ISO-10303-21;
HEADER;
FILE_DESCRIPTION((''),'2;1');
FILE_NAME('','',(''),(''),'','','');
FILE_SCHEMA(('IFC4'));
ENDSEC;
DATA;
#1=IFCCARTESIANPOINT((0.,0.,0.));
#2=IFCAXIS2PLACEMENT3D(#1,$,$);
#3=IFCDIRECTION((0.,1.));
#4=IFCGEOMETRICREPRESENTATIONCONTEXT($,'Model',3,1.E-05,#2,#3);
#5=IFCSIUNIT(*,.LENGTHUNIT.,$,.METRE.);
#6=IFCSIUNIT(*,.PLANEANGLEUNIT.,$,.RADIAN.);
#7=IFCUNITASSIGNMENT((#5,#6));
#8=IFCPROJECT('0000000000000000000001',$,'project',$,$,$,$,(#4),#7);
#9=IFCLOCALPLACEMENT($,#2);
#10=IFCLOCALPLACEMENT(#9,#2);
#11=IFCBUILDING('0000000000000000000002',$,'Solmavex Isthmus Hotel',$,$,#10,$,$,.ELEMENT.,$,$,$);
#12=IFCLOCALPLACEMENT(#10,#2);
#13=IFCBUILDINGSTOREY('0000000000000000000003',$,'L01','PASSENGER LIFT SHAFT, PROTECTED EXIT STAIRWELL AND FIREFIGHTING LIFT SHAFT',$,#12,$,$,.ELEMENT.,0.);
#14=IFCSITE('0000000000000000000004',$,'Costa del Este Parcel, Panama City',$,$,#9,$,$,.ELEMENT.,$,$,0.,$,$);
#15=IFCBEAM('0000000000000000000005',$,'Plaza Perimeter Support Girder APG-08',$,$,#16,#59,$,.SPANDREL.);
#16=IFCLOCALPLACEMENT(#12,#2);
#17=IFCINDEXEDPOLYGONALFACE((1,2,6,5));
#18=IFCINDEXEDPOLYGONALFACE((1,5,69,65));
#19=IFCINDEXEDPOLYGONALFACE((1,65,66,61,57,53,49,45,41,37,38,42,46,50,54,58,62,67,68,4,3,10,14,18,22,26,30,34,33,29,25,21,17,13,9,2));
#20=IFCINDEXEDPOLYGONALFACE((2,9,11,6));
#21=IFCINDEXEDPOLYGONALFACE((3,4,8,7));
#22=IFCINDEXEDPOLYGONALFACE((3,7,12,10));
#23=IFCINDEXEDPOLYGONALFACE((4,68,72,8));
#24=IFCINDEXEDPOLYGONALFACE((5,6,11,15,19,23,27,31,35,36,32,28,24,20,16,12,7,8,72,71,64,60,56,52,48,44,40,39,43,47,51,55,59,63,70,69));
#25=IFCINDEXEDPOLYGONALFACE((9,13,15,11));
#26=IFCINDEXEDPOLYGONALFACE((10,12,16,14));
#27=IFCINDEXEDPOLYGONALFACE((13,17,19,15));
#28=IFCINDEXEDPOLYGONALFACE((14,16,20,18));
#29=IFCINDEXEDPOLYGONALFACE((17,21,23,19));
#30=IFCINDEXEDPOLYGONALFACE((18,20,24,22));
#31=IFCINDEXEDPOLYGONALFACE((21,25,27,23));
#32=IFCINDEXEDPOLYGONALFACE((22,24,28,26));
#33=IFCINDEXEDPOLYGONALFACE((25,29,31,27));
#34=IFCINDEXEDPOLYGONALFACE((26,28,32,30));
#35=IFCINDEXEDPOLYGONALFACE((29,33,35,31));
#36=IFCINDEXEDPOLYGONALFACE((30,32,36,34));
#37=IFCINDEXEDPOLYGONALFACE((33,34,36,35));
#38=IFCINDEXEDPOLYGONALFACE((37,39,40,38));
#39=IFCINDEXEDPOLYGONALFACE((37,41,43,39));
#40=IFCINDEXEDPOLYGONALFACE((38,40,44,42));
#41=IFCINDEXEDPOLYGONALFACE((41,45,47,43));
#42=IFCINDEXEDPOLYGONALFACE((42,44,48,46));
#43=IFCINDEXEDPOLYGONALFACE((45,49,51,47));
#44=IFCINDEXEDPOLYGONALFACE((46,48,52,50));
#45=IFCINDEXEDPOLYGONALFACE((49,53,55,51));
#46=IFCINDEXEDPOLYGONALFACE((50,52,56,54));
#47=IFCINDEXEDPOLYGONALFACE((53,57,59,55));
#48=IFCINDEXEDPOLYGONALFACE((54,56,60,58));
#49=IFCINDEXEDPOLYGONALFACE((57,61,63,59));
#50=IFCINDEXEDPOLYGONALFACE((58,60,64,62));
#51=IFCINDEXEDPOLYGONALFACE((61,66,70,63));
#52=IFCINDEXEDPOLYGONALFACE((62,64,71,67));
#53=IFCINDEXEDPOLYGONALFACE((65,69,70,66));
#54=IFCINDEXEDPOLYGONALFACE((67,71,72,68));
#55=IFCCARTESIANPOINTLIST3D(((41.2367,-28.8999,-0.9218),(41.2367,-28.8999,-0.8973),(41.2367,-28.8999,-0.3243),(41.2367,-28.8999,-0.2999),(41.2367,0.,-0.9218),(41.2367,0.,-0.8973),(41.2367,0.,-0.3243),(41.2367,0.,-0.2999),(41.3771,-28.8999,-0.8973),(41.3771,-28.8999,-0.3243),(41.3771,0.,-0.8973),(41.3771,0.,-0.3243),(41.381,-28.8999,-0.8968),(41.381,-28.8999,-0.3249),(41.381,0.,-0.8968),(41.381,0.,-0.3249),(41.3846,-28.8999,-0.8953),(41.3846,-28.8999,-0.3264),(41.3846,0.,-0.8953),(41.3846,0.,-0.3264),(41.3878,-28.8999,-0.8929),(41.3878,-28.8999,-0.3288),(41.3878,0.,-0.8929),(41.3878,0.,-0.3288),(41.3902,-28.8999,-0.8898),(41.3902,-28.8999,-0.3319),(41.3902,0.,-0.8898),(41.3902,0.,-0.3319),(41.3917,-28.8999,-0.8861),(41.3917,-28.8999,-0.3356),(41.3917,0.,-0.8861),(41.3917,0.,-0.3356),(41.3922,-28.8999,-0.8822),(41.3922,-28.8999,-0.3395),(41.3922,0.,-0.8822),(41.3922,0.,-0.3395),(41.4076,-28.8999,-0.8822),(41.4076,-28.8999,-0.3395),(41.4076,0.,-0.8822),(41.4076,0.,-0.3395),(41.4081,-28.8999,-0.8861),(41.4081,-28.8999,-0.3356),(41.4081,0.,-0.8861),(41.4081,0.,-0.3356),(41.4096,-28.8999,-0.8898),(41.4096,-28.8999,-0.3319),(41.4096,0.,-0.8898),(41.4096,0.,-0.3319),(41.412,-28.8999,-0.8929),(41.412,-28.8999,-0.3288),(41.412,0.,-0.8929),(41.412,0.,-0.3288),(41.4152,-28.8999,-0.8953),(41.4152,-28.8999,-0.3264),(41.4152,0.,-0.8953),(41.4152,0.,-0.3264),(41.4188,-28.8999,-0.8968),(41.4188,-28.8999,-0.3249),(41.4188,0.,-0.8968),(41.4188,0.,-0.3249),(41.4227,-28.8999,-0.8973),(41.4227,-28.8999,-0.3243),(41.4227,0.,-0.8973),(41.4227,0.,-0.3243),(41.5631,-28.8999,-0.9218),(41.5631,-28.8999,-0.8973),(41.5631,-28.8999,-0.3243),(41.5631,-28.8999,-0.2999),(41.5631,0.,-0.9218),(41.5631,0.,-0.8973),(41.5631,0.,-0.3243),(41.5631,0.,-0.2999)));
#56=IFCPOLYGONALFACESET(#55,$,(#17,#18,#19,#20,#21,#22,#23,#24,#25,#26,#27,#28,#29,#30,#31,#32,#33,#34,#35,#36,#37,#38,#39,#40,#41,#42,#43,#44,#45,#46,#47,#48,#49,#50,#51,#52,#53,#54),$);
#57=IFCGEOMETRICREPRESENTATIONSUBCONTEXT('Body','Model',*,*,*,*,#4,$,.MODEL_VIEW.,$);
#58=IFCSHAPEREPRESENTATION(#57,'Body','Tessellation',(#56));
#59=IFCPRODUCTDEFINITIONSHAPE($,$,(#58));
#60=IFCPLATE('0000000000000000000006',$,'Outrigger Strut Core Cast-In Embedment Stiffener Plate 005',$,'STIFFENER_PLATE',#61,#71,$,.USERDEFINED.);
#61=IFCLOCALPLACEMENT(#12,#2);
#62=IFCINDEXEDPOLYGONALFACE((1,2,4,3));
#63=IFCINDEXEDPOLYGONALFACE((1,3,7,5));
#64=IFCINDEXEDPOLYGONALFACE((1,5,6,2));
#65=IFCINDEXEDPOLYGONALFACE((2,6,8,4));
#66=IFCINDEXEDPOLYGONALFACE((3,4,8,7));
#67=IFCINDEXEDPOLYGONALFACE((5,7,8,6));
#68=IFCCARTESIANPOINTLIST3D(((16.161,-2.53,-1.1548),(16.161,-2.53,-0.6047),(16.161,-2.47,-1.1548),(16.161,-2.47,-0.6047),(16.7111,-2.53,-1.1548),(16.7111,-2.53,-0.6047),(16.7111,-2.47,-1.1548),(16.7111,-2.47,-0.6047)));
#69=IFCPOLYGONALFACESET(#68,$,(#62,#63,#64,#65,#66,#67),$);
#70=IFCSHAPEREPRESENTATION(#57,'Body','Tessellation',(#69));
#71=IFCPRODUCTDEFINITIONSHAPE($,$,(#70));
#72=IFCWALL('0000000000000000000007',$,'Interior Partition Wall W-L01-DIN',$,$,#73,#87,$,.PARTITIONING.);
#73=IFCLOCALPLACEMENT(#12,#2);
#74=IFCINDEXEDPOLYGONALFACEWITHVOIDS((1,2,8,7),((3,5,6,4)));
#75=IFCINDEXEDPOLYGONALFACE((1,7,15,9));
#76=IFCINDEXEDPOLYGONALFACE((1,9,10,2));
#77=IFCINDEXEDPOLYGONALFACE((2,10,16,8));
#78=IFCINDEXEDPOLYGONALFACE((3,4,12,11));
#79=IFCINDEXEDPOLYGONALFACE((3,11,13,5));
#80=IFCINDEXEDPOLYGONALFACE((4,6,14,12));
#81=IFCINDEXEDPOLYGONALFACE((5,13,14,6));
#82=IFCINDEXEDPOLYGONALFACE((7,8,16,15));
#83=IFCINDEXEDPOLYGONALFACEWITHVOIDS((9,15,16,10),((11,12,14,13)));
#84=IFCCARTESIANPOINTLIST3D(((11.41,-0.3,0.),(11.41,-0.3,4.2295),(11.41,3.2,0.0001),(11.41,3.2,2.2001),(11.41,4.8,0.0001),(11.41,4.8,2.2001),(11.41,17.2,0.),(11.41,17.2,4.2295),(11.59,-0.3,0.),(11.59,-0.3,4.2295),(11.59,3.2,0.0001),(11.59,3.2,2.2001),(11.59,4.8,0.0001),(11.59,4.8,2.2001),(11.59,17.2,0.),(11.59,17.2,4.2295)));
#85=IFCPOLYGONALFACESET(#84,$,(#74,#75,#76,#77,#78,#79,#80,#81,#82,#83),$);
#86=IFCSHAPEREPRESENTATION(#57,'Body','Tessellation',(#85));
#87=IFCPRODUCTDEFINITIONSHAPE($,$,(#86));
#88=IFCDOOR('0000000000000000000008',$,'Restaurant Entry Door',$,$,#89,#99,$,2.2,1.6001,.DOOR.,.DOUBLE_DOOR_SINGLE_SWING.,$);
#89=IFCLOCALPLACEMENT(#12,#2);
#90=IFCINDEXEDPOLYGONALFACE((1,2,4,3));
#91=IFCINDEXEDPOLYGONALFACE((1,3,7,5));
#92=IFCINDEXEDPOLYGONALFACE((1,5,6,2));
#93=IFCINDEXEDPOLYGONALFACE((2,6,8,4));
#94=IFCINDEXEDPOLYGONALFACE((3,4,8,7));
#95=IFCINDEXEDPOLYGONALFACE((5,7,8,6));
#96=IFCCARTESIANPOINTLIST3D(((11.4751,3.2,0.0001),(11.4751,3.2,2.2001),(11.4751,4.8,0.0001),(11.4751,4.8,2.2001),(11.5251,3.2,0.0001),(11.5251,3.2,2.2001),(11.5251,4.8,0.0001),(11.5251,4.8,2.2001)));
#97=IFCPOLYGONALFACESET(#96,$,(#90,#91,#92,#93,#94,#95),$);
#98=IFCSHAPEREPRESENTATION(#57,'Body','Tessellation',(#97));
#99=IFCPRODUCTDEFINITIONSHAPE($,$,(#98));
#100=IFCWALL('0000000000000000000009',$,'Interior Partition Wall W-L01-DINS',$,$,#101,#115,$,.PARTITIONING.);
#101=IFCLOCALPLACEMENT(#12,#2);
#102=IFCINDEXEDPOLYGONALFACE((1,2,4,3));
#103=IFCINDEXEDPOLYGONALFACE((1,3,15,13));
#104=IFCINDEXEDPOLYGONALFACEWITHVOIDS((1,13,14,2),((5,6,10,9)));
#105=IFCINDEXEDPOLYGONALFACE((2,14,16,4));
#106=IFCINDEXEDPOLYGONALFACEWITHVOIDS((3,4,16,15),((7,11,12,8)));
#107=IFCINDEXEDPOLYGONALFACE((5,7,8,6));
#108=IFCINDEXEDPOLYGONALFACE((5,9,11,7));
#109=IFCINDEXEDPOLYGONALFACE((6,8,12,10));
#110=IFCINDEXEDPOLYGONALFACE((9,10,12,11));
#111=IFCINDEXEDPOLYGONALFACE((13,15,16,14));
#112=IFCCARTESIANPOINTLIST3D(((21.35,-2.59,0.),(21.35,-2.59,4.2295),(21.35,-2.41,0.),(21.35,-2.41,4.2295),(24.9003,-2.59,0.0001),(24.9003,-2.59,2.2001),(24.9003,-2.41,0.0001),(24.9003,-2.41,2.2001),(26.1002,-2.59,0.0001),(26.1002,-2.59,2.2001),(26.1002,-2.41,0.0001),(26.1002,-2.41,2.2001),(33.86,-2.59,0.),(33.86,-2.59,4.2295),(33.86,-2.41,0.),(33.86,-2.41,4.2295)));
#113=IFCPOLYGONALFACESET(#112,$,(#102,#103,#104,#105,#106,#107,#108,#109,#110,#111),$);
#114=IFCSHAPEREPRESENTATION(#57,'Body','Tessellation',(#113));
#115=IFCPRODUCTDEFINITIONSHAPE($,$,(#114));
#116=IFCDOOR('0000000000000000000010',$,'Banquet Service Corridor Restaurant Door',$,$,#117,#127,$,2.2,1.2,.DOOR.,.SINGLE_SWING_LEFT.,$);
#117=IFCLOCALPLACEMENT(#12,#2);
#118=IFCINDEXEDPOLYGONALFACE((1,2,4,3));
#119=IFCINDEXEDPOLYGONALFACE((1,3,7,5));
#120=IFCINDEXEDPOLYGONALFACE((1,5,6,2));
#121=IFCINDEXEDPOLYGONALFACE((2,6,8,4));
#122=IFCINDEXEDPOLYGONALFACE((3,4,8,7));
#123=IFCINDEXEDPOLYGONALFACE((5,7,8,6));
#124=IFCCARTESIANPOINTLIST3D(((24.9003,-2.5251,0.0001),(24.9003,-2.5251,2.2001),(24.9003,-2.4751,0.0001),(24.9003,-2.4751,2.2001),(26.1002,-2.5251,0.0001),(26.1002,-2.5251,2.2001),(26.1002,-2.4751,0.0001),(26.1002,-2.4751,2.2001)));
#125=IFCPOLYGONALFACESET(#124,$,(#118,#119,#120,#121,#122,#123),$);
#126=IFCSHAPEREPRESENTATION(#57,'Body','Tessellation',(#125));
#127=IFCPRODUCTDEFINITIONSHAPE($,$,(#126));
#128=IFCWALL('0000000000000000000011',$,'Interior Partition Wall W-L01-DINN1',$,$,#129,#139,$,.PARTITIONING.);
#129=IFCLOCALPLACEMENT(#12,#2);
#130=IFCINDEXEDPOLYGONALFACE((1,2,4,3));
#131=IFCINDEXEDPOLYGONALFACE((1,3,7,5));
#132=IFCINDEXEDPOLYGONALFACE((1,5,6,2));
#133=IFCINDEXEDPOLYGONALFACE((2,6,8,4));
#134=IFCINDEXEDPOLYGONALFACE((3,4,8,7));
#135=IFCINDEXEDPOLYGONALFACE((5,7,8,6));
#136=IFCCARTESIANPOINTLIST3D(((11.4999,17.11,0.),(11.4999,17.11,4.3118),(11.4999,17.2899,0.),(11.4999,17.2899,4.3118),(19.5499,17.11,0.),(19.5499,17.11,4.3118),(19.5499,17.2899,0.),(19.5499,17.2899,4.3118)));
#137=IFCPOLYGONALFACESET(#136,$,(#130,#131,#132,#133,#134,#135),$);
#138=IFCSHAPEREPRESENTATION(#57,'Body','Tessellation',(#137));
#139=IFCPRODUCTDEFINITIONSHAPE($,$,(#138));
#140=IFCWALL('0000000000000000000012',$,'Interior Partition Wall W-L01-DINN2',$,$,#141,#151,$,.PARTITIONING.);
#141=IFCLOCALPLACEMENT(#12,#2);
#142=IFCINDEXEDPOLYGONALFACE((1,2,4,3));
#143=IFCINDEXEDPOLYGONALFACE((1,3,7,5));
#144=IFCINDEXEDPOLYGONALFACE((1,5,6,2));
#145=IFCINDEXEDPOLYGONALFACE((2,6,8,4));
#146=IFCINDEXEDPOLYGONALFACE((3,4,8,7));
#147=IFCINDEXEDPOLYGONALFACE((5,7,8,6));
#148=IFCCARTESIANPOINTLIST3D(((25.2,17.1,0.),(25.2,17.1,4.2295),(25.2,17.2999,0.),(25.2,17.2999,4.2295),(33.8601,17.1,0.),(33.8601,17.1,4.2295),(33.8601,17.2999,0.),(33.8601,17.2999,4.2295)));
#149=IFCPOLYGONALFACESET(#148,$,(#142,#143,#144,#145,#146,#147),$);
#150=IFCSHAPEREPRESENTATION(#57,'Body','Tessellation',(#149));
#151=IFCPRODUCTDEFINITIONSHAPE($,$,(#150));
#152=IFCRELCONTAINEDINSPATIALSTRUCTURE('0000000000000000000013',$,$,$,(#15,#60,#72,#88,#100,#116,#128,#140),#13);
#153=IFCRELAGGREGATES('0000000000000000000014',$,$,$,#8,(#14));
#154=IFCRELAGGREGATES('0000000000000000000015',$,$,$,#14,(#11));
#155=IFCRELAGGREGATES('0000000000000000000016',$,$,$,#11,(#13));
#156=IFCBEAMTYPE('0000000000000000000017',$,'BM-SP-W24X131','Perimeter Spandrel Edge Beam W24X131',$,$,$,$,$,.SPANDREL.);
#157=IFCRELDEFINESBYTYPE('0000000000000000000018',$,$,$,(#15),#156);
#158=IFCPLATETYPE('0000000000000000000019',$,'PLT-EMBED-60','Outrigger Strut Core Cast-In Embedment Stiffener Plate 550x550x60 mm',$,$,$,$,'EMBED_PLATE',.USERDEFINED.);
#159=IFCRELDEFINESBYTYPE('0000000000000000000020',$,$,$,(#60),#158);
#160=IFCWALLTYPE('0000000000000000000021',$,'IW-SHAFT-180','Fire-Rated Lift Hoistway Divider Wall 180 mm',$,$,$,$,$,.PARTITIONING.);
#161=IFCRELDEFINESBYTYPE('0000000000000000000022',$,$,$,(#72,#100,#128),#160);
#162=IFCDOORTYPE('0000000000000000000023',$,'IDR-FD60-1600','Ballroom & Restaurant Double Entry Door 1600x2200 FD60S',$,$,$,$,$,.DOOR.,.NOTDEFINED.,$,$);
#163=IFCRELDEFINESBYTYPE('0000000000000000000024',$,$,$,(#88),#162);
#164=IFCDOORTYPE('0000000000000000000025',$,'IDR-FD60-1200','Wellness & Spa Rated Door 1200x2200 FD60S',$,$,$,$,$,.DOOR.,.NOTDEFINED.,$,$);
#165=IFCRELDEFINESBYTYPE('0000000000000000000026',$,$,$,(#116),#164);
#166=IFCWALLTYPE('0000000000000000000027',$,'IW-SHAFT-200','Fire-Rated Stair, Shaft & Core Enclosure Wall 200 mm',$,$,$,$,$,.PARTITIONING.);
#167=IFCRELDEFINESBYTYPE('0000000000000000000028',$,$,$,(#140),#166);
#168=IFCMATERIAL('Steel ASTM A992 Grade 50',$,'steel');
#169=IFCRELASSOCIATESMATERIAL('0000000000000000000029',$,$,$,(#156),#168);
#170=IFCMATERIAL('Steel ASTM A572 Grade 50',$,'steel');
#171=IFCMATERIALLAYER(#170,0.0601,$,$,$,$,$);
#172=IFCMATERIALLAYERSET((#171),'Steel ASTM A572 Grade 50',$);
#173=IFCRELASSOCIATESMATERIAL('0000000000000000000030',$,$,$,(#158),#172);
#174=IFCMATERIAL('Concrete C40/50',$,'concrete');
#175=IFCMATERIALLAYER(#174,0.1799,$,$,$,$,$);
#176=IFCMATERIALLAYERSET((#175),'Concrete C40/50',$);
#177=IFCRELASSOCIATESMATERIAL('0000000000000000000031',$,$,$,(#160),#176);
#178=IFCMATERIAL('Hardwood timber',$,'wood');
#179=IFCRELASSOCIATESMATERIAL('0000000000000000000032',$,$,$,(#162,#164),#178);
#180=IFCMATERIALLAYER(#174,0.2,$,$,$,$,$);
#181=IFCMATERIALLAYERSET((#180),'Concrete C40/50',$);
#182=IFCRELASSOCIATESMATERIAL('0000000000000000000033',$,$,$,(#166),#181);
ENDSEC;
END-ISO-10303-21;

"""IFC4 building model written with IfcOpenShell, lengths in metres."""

from ifc_helpers import new_model, si_unit, direction, frame, frame_2d, origin, origin_2d, place, context, subcontext, project, spatial, rectangle, i_section, extrude, material, layer, layer_set, material_profile, profile_set, type_object, element, fill, save


model = new_model("IFC4")

# Units and contexts
model_context = context("Model", 3, precision=1e-05, world=origin(), true_north=direction((0.0, 1.0)))
body_context = subcontext(model_context, "Body", "Model", "MODEL_VIEW")
ifc_project = project(units=[si_unit("LENGTHUNIT", "METRE"), si_unit("PLANEANGLEUNIT", "RADIAN")], contexts=[model_context])

# Site, building, storey
site_placement = place(None, origin())
site = spatial("IfcSite", under=ifc_project, at=site_placement, Name="Costa del Este Parcel, Panama City", CompositionType="ELEMENT", RefElevation=0.0)
building_placement = place(site_placement, origin())
building = spatial("IfcBuilding", under=site, at=building_placement, Name="Solmavex Isthmus Hotel", CompositionType="ELEMENT")
storey_placement = place(building_placement, origin())
storey = spatial("IfcBuildingStorey", under=building, at=storey_placement, Name="L01", Description="PASSENGER LIFT SHAFT, PROTECTED EXIT STAIRWELL AND FIREFIGHTING LIFT SHAFT", CompositionType="ELEMENT", Elevation=0.0)

# Beam
ifc_material_1 = material(Name="Steel ASTM A992 Grade 50", Category="steel")
ifc_material_profile_1 = material_profile(ifc_material_1, i_section(OverallWidth=0.3264, OverallDepth=0.6218, WebThickness=0.0154, FlangeThickness=0.0244, FilletRadius=0.0151, at=origin_2d()), Name="W24X131")
ifc_profile_set_1 = profile_set([ifc_material_profile_1], Name="Steel ASTM A992 Grade 50")
beam_type_1 = type_object("IfcBeamType", Name="BM-SP-W24X131", Description="Perimeter Spandrel Edge Beam W24X131", PredefinedType="SPANDREL", material=ifc_profile_set_1)
for number, where, z_axis, x_axis, name in (
    (1, (41.3999, 0.0, -0.6108), (0.0, -1.0, 0.0), (1.0, 0.0, 0.0), "Plaza Perimeter Support Girder APG-08"),
):
    element("IfcBeam", number, at=place(storey_placement, frame(where, z_axis=z_axis, x_axis=x_axis)), inside=storey, type_object=beam_type_1, Name=name, PredefinedType="SPANDREL", context=body_context, shape_type="SweptSolid", body=[
        extrude(i_section(OverallWidth=0.3264, OverallDepth=0.6218, WebThickness=0.0154, FlangeThickness=0.0244, FilletRadius=0.0151, at=origin_2d()), origin(), (0.0, 0.0, 1.0), 28.8999),
    ])

# Plate
ifc_material_2 = material(Name="Steel ASTM A572 Grade 50", Category="steel")
ifc_layer_1 = layer(ifc_material_2, 0.0601)
ifc_layer_set_1 = layer_set([ifc_layer_1], Name="Steel ASTM A572 Grade 50")
plate_type = type_object("IfcPlateType", Name="PLT-EMBED-60", Description="Outrigger Strut Core Cast-In Embedment Stiffener Plate 550x550x60 mm", ElementType="EMBED_PLATE", PredefinedType="USERDEFINED", material=ifc_layer_set_1)
plate_placement = place(storey_placement, frame((16.436, -2.5, -1.1548), z_axis=(0.0, 0.0, 1.0), x_axis=(1.0, 0.0, 0.0)))
element("IfcPlate", 2, at=plate_placement, inside=storey, type_object=plate_type, Name="Outrigger Strut Core Cast-In Embedment Stiffener Plate 005", ObjectType="STIFFENER_PLATE", PredefinedType="USERDEFINED", context=body_context, shape_type="SweptSolid", body=[
    extrude(rectangle(XDim=0.55, YDim=0.0601, at=origin_2d()), origin(), (0.0, 0.0, 1.0), 0.55),
])

# Walls, openings, doors
ifc_material_3 = material(Name="Concrete C40/50", Category="concrete")
ifc_layer_2 = layer(ifc_material_3, 0.1799)
ifc_layer_set_2 = layer_set([ifc_layer_2], Name="Concrete C40/50")
wall_type_1 = type_object("IfcWallType", Name="IW-SHAFT-180", Description="Fire-Rated Lift Hoistway Divider Wall 180 mm", PredefinedType="PARTITIONING", material=ifc_layer_set_2)
wall_1_placement = place(storey_placement, frame((11.5, -0.3, 0.0), z_axis=(0.0, 0.0, 1.0), x_axis=(0.0, 1.0, 0.0)))
wall_1 = element("IfcWall", 3, at=wall_1_placement, inside=storey, type_object=wall_type_1, Name="Interior Partition Wall W-L01-DIN", PredefinedType="PARTITIONING", context=body_context, shape_type="SweptSolid", body=[
    extrude(rectangle(XDim=17.5, YDim=0.1799, at=frame_2d((8.75, 0.0))), origin(), (0.0, 0.0, 1.0), 4.2295),
])
opening_1_placement = place(wall_1_placement, frame((3.5, 0.0, 0.0)))
opening_1 = element("IfcOpeningElement", 4, at=opening_1_placement, cuts=wall_1, PredefinedType="OPENING", context=body_context, shape_type="SweptSolid", body=[
    extrude(rectangle(XDim=1.6001, YDim=2.2, at=frame_2d((0.8, 1.1001))), frame((0.0, 0.0999, 0.0), z_axis=(0.0, -1.0, 0.0), x_axis=(1.0, 0.0, 0.0)), (0.0, 0.0, 1.0), 0.2),
])
ifc_material_4 = material(Name="Hardwood timber", Category="wood")
door_type_1 = type_object("IfcDoorType", Name="IDR-FD60-1600", Description="Ballroom & Restaurant Double Entry Door 1600x2200 FD60S", OperationType="NOTDEFINED", PredefinedType="DOOR", material=ifc_material_4)
door_1_placement = place(opening_1_placement, origin())
door_1 = element("IfcDoor", 5, at=door_1_placement, inside=storey, type_object=door_type_1, Name="Restaurant Entry Door", OperationType="DOUBLE_DOOR_SINGLE_SWING", OverallHeight=2.2, OverallWidth=1.6001, PredefinedType="DOOR", context=body_context, shape_type="SweptSolid", body=[
    extrude(rectangle(XDim=1.6001, YDim=2.2, at=frame_2d((0.8, 1.1001))), frame((0.0, 0.0249, 0.0), z_axis=(0.0, -1.0, 0.0), x_axis=(1.0, 0.0, 0.0)), (0.0, 0.0, 1.0), 0.05),
])
fill(opening_1, door_1)
wall_2_placement = place(storey_placement, frame((21.3501, -2.5, 0.0), z_axis=(0.0, 0.0, 1.0), x_axis=(1.0, 0.0, 0.0)))
wall_2 = element("IfcWall", 6, at=wall_2_placement, inside=storey, type_object=wall_type_1, Name="Interior Partition Wall W-L01-DINS", PredefinedType="PARTITIONING", context=body_context, shape_type="SweptSolid", body=[
    extrude(rectangle(XDim=12.51, YDim=0.1799, at=frame_2d((6.2549, 0.0))), origin(), (0.0, 0.0, 1.0), 4.2295),
])
opening_2_placement = place(wall_2_placement, frame((3.55, 0.0, 0.0)))
opening_2 = element("IfcOpeningElement", 7, at=opening_2_placement, cuts=wall_2, PredefinedType="OPENING", context=body_context, shape_type="SweptSolid", body=[
    extrude(rectangle(XDim=1.2, YDim=2.2, at=frame_2d((0.6001, 1.1001))), frame((0.0, 0.0999, 0.0), z_axis=(0.0, -1.0, 0.0), x_axis=(1.0, 0.0, 0.0)), (0.0, 0.0, 1.0), 0.2),
])
door_type_2 = type_object("IfcDoorType", Name="IDR-FD60-1200", Description="Wellness & Spa Rated Door 1200x2200 FD60S", OperationType="NOTDEFINED", PredefinedType="DOOR", material=ifc_material_4)
door_2_placement = place(opening_2_placement, origin())
door_2 = element("IfcDoor", 8, at=door_2_placement, inside=storey, type_object=door_type_2, Name="Banquet Service Corridor Restaurant Door", OperationType="SINGLE_SWING_LEFT", OverallHeight=2.2, OverallWidth=1.2, PredefinedType="DOOR", context=body_context, shape_type="SweptSolid", body=[
    extrude(rectangle(XDim=1.2, YDim=2.2, at=frame_2d((0.6001, 1.1001))), frame((0.0, 0.0249, 0.0), z_axis=(0.0, -1.0, 0.0), x_axis=(1.0, 0.0, 0.0)), (0.0, 0.0, 1.0), 0.05),
])
fill(opening_2, door_2)

# Walls
wall_3_placement = place(storey_placement, frame((11.5, 17.2, 0.0), z_axis=(0.0, 0.0, 1.0), x_axis=(1.0, 0.0, 0.0)))
element("IfcWall", 9, at=wall_3_placement, inside=storey, type_object=wall_type_1, Name="Interior Partition Wall W-L01-DINN1", PredefinedType="PARTITIONING", context=body_context, shape_type="SweptSolid", body=[
    extrude(rectangle(XDim=8.05, YDim=0.1799, at=frame_2d((4.0249, 0.0))), origin(), (0.0, 0.0, 1.0), 4.3118),
])
ifc_layer_3 = layer(ifc_material_3, 0.2)
ifc_layer_set_3 = layer_set([ifc_layer_3], Name="Concrete C40/50")
wall_type_2 = type_object("IfcWallType", Name="IW-SHAFT-200", Description="Fire-Rated Stair, Shaft & Core Enclosure Wall 200 mm", PredefinedType="PARTITIONING", material=ifc_layer_set_3)
wall_4_placement = place(storey_placement, frame((25.2, 17.2, 0.0), z_axis=(0.0, 0.0, 1.0), x_axis=(1.0, 0.0, 0.0)))
element("IfcWall", 10, at=wall_4_placement, inside=storey, type_object=wall_type_2, Name="Interior Partition Wall W-L01-DINN2", PredefinedType="PARTITIONING", context=body_context, shape_type="SweptSolid", body=[
    extrude(rectangle(XDim=8.6602, YDim=0.2, at=frame_2d((4.3301, 0.0))), origin(), (0.0, 0.0, 1.0), 4.2295),
])

save(model, "model.ifc")
